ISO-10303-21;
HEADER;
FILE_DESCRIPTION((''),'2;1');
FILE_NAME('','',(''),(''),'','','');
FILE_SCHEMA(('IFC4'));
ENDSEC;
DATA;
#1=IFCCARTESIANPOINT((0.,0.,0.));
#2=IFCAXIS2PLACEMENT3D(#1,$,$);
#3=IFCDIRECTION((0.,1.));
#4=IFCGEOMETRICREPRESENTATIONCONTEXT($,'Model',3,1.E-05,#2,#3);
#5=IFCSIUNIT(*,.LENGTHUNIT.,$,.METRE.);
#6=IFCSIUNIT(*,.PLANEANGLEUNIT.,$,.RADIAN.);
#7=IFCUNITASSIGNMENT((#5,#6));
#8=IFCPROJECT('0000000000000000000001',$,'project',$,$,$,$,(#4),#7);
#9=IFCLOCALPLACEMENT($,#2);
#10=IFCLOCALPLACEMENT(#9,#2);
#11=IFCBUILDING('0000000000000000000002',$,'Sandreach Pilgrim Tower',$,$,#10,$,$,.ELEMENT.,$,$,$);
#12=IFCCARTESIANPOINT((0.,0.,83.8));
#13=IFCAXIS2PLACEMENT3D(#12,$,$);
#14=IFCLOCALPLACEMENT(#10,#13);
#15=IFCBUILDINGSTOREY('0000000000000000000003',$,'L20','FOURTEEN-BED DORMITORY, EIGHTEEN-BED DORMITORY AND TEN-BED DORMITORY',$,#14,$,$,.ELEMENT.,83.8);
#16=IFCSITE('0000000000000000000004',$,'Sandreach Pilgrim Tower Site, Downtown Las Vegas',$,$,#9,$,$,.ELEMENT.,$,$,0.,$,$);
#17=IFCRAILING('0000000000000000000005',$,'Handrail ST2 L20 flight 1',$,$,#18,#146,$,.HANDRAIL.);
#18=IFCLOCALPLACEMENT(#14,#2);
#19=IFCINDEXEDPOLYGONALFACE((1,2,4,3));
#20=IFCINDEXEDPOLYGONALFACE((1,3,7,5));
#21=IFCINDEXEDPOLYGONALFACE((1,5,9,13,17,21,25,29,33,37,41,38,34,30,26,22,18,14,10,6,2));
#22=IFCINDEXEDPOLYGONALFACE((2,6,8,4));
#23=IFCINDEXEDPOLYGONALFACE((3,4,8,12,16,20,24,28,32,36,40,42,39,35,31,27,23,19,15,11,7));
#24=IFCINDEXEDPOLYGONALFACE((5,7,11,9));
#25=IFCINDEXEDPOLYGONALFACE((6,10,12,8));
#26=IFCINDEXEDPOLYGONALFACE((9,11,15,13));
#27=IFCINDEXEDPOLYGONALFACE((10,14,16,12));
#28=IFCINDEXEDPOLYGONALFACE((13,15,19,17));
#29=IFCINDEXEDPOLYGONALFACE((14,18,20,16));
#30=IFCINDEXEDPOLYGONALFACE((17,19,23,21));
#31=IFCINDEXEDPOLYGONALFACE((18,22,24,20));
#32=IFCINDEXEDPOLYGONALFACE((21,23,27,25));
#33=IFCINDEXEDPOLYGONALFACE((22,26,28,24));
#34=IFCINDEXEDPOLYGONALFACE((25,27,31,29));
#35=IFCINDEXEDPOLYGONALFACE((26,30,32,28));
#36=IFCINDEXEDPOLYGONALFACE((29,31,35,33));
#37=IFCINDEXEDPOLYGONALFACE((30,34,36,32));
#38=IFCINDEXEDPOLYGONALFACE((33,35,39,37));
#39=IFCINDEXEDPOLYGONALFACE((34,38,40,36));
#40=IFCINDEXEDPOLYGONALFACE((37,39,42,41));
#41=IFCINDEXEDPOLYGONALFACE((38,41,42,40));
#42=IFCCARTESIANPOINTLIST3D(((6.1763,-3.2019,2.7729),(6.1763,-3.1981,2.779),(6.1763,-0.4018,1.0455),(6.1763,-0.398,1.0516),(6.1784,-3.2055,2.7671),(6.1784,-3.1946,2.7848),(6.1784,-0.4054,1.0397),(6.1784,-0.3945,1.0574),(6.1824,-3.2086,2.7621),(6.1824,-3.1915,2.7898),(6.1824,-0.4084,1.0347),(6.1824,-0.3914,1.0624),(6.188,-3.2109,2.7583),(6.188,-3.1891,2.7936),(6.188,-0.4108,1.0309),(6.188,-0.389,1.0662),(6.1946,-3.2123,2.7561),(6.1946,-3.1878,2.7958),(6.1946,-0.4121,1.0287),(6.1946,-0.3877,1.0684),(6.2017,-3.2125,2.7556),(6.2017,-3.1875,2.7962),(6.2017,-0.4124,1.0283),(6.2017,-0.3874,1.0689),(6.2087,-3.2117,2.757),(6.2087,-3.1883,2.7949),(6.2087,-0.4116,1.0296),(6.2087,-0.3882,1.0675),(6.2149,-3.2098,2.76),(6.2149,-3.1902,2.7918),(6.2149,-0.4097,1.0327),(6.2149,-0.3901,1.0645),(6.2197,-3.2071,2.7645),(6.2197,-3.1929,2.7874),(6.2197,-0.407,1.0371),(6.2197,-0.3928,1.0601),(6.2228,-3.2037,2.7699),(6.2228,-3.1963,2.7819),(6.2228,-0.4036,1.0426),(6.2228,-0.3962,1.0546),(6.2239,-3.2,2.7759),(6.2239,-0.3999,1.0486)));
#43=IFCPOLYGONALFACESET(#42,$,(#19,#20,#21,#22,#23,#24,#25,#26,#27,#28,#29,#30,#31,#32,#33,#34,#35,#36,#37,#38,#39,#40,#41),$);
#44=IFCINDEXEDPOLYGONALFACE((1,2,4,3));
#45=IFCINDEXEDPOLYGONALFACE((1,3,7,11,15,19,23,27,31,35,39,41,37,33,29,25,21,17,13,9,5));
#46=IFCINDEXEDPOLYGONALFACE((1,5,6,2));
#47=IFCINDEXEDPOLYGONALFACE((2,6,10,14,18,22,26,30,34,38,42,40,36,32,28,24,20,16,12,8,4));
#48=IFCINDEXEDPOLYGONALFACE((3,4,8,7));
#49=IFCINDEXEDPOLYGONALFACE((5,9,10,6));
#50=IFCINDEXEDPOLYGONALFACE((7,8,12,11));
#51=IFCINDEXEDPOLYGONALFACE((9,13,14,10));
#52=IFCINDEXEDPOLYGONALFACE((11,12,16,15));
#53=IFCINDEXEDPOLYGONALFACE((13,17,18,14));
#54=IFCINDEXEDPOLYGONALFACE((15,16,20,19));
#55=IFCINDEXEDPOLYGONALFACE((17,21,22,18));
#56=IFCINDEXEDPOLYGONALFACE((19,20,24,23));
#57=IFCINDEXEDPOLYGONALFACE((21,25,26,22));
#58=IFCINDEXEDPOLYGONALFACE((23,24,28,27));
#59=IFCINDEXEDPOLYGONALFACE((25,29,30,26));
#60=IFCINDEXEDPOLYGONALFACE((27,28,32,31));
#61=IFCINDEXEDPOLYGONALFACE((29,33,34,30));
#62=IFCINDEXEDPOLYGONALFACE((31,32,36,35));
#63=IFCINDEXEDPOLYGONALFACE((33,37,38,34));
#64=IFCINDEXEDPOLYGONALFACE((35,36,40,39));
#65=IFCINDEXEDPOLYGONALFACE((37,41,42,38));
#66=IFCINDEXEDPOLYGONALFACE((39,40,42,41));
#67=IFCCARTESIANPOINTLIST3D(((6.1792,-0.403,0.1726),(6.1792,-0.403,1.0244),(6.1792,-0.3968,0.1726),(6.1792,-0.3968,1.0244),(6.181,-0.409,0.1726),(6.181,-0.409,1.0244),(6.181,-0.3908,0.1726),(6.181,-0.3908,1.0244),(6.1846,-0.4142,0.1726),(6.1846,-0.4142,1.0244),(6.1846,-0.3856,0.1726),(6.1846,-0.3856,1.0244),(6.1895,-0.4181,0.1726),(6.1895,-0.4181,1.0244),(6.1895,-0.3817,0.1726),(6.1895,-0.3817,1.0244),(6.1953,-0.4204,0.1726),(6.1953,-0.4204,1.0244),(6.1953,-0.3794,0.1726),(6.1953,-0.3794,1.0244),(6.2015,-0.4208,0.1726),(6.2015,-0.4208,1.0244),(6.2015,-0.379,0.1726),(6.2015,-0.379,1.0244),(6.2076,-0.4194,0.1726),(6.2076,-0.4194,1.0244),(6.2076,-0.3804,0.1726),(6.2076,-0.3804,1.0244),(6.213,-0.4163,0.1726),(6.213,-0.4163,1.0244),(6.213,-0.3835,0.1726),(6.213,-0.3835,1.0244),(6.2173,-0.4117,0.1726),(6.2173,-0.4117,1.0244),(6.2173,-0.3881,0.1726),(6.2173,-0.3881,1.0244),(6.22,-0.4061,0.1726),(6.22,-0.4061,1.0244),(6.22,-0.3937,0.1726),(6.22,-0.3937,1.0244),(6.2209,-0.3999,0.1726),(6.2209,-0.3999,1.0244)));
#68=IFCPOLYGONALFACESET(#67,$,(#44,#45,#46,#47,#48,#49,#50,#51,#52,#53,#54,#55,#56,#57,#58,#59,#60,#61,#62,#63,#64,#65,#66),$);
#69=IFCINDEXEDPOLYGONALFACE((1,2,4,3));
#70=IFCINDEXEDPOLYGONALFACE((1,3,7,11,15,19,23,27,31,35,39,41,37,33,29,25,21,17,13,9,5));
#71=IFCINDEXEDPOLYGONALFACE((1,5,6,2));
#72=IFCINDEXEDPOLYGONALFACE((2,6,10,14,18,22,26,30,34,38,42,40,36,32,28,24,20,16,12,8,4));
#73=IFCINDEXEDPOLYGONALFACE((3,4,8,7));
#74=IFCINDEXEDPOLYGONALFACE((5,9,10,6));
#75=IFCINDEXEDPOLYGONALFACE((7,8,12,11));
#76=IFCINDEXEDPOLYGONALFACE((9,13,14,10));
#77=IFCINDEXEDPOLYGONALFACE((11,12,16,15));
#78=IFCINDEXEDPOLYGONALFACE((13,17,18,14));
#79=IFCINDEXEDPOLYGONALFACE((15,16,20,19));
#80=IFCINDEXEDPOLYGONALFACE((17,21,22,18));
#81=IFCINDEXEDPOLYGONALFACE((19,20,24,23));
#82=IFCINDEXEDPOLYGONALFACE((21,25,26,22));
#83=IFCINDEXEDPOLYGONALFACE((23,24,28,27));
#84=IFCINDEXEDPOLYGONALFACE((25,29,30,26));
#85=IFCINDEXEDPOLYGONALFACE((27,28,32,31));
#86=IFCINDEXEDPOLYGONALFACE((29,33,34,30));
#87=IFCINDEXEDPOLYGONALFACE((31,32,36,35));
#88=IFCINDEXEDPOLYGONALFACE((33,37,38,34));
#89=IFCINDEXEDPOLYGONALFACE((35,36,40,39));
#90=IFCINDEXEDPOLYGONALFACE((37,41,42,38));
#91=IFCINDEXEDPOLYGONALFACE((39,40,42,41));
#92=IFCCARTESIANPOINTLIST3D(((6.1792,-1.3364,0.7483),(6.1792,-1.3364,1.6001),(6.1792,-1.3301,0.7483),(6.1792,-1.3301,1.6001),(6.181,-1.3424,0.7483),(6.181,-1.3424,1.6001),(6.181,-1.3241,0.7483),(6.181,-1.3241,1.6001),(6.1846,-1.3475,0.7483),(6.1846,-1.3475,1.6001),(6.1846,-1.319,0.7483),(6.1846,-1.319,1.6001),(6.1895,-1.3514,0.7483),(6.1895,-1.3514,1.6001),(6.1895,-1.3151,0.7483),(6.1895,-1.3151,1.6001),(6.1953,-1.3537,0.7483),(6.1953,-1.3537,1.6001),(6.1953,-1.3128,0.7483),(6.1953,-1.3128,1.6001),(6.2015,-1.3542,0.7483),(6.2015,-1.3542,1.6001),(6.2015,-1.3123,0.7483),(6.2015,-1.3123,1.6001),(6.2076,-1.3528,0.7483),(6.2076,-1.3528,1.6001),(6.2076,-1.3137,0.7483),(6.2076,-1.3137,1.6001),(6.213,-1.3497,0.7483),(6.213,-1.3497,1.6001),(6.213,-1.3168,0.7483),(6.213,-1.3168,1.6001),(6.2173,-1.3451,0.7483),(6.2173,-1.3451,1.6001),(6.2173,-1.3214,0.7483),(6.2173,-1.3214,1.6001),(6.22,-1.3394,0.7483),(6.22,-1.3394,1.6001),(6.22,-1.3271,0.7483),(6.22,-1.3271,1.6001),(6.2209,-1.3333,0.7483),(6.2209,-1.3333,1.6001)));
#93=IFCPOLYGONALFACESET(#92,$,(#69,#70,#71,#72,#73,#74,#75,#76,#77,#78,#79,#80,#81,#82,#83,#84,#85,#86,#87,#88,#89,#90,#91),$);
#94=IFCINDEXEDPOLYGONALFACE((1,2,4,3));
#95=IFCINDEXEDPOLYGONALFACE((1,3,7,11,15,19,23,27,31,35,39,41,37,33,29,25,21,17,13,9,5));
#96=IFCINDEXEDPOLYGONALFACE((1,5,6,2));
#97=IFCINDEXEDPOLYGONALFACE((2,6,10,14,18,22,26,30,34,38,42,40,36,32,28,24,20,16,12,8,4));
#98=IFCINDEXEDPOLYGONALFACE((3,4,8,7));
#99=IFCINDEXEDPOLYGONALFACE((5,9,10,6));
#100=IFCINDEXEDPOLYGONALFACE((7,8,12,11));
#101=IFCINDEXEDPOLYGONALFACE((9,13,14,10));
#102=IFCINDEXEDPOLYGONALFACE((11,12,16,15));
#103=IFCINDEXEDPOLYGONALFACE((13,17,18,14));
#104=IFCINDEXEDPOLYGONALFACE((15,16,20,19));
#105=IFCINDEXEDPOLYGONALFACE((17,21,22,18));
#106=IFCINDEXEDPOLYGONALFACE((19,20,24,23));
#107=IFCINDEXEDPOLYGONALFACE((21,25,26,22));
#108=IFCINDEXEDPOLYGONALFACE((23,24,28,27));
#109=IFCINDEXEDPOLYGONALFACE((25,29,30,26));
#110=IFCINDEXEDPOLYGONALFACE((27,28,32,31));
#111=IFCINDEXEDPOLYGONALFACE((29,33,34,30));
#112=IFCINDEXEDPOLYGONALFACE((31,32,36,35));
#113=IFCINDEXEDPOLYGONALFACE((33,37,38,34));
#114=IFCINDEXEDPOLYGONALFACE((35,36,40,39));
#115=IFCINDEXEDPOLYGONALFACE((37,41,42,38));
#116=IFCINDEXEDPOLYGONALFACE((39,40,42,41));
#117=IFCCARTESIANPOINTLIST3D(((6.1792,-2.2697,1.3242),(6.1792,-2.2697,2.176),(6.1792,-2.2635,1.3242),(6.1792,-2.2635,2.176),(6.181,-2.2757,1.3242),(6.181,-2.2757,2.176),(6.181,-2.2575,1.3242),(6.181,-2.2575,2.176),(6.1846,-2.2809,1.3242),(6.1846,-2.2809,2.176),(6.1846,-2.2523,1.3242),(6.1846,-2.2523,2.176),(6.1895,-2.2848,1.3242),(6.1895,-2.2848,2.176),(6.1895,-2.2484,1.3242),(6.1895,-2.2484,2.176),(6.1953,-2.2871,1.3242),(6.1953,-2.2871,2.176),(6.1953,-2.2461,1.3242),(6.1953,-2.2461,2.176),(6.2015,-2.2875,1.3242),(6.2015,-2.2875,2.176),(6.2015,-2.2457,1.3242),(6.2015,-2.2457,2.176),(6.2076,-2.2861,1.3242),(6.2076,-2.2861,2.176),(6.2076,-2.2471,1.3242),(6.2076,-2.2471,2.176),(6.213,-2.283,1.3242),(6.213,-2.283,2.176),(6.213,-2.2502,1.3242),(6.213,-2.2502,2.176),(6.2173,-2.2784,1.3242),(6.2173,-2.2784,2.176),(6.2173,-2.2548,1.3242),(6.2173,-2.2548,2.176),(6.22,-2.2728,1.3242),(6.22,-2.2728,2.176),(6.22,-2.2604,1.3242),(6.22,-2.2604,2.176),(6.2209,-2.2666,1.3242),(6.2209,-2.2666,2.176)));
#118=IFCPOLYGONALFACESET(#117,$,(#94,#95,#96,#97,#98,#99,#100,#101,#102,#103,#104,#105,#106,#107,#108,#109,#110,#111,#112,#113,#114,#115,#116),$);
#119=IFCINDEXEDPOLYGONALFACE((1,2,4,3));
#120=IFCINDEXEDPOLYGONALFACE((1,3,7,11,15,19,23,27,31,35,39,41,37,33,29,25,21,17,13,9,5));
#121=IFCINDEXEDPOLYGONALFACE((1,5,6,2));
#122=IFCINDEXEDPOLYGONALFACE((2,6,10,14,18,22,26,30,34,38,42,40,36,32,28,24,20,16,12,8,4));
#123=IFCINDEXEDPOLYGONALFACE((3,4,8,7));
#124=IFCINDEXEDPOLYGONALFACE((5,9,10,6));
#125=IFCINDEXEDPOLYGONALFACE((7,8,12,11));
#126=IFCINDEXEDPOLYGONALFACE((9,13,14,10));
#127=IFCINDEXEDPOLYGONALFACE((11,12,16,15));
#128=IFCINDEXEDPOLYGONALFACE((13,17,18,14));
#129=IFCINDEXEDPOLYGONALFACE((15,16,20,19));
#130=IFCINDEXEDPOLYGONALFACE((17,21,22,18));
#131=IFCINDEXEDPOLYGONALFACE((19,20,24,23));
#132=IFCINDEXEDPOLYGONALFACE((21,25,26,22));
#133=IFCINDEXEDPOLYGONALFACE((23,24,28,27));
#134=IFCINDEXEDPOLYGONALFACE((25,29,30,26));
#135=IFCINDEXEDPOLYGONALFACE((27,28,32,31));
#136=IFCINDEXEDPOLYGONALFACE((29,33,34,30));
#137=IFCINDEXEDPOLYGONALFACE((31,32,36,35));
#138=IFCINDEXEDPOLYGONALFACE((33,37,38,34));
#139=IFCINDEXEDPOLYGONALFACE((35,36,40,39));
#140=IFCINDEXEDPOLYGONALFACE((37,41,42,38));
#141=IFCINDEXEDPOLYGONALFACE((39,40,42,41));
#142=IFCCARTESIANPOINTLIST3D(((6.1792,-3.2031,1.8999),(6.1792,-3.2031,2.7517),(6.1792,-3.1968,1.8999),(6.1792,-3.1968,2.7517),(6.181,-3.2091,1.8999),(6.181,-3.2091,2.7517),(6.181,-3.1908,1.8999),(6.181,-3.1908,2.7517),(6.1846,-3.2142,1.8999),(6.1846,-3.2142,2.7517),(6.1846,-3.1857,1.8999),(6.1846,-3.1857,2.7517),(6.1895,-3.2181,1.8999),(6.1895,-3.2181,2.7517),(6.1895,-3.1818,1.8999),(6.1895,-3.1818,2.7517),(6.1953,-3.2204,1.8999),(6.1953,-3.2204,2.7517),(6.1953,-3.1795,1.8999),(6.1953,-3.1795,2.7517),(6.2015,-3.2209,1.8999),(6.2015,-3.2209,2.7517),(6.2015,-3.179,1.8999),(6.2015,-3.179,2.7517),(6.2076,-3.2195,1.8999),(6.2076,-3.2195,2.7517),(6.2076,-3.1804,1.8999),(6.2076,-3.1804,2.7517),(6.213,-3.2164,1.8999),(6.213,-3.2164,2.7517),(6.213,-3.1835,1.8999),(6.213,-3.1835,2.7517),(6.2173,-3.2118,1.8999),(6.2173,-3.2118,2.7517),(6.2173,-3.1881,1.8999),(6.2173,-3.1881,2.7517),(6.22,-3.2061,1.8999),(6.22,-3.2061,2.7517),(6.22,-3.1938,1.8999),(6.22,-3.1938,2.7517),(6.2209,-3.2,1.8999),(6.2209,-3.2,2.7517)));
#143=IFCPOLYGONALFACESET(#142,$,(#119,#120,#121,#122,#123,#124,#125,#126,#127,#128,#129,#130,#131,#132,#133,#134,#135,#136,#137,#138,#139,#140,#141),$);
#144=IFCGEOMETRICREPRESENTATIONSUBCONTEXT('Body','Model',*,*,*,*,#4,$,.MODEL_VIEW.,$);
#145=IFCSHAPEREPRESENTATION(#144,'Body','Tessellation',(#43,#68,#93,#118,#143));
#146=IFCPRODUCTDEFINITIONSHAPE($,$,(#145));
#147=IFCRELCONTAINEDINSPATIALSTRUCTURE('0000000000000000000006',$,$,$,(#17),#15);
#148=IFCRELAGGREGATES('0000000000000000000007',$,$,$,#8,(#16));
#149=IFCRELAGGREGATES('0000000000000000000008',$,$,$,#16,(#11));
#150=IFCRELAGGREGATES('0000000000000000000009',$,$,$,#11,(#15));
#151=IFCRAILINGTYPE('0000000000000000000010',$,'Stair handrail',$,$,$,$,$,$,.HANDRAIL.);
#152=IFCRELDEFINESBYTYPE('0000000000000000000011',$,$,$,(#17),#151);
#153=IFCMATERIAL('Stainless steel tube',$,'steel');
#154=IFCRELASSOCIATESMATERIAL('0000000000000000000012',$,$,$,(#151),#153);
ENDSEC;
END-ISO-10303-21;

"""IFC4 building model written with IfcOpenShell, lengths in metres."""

from ifc_helpers import new_model, si_unit, direction, frame, origin, origin_2d, place, context, subcontext, project, spatial, circle, extrude, material, type_object, element, save


model = new_model("IFC4")

# Units and contexts
model_context = context("Model", 3, precision=1e-05, world=origin(), true_north=direction((0.0, 1.0)))
body_context = subcontext(model_context, "Body", "Model", "MODEL_VIEW")
ifc_project = project(units=[si_unit("LENGTHUNIT", "METRE"), si_unit("PLANEANGLEUNIT", "RADIAN")], contexts=[model_context])

# Site, building, storey
site_placement = place(None, origin())
site = spatial("IfcSite", under=ifc_project, at=site_placement, Name="Sandreach Pilgrim Tower Site, Downtown Las Vegas", CompositionType="ELEMENT", RefElevation=0.0)
building_placement = place(site_placement, origin())
building = spatial("IfcBuilding", under=site, at=building_placement, Name="Sandreach Pilgrim Tower", CompositionType="ELEMENT")
storey_placement = place(building_placement, frame((0.0, 0.0, 83.8)))
storey = spatial("IfcBuildingStorey", under=building, at=storey_placement, Name="L20", Description="FOURTEEN-BED DORMITORY, EIGHTEEN-BED DORMITORY AND TEN-BED DORMITORY", CompositionType="ELEMENT", Elevation=83.8)

# Railing
ifc_material_1 = material(Name="Stainless steel tube", Category="steel")
railing_type = type_object("IfcRailingType", Name="Stair handrail", PredefinedType="HANDRAIL", material=ifc_material_1)
railing_placement = place(storey_placement, frame((6.2, -0.3999, 0.1726)))
element("IfcRailing", 1, at=railing_placement, inside=storey, type_object=railing_type, Name="Handrail ST2 L20 flight 1", PredefinedType="HANDRAIL", context=body_context, shape_type="SweptSolid", body=[
    extrude(circle(Radius=0.0239, at=origin_2d()), frame((0.0, 0.0, 0.876), z_axis=(0.0, -0.85109, 0.52502), x_axis=(1.0, 0.0, 0.0)), (0.0, 0.0, 1.0), 3.29),
    extrude(circle(Radius=0.021, at=origin_2d()), origin(), (0.0, 0.0, 1.0), 0.8518),
    extrude(circle(Radius=0.021, at=origin_2d()), frame((0.0, -0.9333, 0.5757)), (0.0, 0.0, 1.0), 0.8518),
    extrude(circle(Radius=0.021, at=origin_2d()), frame((0.0, -1.8667, 1.1516)), (0.0, 0.0, 1.0), 0.8518),
    extrude(circle(Radius=0.021, at=origin_2d()), frame((0.0, -2.8, 1.7273)), (0.0, 0.0, 1.0), 0.8518),
])

save(model, "model.ifc")
